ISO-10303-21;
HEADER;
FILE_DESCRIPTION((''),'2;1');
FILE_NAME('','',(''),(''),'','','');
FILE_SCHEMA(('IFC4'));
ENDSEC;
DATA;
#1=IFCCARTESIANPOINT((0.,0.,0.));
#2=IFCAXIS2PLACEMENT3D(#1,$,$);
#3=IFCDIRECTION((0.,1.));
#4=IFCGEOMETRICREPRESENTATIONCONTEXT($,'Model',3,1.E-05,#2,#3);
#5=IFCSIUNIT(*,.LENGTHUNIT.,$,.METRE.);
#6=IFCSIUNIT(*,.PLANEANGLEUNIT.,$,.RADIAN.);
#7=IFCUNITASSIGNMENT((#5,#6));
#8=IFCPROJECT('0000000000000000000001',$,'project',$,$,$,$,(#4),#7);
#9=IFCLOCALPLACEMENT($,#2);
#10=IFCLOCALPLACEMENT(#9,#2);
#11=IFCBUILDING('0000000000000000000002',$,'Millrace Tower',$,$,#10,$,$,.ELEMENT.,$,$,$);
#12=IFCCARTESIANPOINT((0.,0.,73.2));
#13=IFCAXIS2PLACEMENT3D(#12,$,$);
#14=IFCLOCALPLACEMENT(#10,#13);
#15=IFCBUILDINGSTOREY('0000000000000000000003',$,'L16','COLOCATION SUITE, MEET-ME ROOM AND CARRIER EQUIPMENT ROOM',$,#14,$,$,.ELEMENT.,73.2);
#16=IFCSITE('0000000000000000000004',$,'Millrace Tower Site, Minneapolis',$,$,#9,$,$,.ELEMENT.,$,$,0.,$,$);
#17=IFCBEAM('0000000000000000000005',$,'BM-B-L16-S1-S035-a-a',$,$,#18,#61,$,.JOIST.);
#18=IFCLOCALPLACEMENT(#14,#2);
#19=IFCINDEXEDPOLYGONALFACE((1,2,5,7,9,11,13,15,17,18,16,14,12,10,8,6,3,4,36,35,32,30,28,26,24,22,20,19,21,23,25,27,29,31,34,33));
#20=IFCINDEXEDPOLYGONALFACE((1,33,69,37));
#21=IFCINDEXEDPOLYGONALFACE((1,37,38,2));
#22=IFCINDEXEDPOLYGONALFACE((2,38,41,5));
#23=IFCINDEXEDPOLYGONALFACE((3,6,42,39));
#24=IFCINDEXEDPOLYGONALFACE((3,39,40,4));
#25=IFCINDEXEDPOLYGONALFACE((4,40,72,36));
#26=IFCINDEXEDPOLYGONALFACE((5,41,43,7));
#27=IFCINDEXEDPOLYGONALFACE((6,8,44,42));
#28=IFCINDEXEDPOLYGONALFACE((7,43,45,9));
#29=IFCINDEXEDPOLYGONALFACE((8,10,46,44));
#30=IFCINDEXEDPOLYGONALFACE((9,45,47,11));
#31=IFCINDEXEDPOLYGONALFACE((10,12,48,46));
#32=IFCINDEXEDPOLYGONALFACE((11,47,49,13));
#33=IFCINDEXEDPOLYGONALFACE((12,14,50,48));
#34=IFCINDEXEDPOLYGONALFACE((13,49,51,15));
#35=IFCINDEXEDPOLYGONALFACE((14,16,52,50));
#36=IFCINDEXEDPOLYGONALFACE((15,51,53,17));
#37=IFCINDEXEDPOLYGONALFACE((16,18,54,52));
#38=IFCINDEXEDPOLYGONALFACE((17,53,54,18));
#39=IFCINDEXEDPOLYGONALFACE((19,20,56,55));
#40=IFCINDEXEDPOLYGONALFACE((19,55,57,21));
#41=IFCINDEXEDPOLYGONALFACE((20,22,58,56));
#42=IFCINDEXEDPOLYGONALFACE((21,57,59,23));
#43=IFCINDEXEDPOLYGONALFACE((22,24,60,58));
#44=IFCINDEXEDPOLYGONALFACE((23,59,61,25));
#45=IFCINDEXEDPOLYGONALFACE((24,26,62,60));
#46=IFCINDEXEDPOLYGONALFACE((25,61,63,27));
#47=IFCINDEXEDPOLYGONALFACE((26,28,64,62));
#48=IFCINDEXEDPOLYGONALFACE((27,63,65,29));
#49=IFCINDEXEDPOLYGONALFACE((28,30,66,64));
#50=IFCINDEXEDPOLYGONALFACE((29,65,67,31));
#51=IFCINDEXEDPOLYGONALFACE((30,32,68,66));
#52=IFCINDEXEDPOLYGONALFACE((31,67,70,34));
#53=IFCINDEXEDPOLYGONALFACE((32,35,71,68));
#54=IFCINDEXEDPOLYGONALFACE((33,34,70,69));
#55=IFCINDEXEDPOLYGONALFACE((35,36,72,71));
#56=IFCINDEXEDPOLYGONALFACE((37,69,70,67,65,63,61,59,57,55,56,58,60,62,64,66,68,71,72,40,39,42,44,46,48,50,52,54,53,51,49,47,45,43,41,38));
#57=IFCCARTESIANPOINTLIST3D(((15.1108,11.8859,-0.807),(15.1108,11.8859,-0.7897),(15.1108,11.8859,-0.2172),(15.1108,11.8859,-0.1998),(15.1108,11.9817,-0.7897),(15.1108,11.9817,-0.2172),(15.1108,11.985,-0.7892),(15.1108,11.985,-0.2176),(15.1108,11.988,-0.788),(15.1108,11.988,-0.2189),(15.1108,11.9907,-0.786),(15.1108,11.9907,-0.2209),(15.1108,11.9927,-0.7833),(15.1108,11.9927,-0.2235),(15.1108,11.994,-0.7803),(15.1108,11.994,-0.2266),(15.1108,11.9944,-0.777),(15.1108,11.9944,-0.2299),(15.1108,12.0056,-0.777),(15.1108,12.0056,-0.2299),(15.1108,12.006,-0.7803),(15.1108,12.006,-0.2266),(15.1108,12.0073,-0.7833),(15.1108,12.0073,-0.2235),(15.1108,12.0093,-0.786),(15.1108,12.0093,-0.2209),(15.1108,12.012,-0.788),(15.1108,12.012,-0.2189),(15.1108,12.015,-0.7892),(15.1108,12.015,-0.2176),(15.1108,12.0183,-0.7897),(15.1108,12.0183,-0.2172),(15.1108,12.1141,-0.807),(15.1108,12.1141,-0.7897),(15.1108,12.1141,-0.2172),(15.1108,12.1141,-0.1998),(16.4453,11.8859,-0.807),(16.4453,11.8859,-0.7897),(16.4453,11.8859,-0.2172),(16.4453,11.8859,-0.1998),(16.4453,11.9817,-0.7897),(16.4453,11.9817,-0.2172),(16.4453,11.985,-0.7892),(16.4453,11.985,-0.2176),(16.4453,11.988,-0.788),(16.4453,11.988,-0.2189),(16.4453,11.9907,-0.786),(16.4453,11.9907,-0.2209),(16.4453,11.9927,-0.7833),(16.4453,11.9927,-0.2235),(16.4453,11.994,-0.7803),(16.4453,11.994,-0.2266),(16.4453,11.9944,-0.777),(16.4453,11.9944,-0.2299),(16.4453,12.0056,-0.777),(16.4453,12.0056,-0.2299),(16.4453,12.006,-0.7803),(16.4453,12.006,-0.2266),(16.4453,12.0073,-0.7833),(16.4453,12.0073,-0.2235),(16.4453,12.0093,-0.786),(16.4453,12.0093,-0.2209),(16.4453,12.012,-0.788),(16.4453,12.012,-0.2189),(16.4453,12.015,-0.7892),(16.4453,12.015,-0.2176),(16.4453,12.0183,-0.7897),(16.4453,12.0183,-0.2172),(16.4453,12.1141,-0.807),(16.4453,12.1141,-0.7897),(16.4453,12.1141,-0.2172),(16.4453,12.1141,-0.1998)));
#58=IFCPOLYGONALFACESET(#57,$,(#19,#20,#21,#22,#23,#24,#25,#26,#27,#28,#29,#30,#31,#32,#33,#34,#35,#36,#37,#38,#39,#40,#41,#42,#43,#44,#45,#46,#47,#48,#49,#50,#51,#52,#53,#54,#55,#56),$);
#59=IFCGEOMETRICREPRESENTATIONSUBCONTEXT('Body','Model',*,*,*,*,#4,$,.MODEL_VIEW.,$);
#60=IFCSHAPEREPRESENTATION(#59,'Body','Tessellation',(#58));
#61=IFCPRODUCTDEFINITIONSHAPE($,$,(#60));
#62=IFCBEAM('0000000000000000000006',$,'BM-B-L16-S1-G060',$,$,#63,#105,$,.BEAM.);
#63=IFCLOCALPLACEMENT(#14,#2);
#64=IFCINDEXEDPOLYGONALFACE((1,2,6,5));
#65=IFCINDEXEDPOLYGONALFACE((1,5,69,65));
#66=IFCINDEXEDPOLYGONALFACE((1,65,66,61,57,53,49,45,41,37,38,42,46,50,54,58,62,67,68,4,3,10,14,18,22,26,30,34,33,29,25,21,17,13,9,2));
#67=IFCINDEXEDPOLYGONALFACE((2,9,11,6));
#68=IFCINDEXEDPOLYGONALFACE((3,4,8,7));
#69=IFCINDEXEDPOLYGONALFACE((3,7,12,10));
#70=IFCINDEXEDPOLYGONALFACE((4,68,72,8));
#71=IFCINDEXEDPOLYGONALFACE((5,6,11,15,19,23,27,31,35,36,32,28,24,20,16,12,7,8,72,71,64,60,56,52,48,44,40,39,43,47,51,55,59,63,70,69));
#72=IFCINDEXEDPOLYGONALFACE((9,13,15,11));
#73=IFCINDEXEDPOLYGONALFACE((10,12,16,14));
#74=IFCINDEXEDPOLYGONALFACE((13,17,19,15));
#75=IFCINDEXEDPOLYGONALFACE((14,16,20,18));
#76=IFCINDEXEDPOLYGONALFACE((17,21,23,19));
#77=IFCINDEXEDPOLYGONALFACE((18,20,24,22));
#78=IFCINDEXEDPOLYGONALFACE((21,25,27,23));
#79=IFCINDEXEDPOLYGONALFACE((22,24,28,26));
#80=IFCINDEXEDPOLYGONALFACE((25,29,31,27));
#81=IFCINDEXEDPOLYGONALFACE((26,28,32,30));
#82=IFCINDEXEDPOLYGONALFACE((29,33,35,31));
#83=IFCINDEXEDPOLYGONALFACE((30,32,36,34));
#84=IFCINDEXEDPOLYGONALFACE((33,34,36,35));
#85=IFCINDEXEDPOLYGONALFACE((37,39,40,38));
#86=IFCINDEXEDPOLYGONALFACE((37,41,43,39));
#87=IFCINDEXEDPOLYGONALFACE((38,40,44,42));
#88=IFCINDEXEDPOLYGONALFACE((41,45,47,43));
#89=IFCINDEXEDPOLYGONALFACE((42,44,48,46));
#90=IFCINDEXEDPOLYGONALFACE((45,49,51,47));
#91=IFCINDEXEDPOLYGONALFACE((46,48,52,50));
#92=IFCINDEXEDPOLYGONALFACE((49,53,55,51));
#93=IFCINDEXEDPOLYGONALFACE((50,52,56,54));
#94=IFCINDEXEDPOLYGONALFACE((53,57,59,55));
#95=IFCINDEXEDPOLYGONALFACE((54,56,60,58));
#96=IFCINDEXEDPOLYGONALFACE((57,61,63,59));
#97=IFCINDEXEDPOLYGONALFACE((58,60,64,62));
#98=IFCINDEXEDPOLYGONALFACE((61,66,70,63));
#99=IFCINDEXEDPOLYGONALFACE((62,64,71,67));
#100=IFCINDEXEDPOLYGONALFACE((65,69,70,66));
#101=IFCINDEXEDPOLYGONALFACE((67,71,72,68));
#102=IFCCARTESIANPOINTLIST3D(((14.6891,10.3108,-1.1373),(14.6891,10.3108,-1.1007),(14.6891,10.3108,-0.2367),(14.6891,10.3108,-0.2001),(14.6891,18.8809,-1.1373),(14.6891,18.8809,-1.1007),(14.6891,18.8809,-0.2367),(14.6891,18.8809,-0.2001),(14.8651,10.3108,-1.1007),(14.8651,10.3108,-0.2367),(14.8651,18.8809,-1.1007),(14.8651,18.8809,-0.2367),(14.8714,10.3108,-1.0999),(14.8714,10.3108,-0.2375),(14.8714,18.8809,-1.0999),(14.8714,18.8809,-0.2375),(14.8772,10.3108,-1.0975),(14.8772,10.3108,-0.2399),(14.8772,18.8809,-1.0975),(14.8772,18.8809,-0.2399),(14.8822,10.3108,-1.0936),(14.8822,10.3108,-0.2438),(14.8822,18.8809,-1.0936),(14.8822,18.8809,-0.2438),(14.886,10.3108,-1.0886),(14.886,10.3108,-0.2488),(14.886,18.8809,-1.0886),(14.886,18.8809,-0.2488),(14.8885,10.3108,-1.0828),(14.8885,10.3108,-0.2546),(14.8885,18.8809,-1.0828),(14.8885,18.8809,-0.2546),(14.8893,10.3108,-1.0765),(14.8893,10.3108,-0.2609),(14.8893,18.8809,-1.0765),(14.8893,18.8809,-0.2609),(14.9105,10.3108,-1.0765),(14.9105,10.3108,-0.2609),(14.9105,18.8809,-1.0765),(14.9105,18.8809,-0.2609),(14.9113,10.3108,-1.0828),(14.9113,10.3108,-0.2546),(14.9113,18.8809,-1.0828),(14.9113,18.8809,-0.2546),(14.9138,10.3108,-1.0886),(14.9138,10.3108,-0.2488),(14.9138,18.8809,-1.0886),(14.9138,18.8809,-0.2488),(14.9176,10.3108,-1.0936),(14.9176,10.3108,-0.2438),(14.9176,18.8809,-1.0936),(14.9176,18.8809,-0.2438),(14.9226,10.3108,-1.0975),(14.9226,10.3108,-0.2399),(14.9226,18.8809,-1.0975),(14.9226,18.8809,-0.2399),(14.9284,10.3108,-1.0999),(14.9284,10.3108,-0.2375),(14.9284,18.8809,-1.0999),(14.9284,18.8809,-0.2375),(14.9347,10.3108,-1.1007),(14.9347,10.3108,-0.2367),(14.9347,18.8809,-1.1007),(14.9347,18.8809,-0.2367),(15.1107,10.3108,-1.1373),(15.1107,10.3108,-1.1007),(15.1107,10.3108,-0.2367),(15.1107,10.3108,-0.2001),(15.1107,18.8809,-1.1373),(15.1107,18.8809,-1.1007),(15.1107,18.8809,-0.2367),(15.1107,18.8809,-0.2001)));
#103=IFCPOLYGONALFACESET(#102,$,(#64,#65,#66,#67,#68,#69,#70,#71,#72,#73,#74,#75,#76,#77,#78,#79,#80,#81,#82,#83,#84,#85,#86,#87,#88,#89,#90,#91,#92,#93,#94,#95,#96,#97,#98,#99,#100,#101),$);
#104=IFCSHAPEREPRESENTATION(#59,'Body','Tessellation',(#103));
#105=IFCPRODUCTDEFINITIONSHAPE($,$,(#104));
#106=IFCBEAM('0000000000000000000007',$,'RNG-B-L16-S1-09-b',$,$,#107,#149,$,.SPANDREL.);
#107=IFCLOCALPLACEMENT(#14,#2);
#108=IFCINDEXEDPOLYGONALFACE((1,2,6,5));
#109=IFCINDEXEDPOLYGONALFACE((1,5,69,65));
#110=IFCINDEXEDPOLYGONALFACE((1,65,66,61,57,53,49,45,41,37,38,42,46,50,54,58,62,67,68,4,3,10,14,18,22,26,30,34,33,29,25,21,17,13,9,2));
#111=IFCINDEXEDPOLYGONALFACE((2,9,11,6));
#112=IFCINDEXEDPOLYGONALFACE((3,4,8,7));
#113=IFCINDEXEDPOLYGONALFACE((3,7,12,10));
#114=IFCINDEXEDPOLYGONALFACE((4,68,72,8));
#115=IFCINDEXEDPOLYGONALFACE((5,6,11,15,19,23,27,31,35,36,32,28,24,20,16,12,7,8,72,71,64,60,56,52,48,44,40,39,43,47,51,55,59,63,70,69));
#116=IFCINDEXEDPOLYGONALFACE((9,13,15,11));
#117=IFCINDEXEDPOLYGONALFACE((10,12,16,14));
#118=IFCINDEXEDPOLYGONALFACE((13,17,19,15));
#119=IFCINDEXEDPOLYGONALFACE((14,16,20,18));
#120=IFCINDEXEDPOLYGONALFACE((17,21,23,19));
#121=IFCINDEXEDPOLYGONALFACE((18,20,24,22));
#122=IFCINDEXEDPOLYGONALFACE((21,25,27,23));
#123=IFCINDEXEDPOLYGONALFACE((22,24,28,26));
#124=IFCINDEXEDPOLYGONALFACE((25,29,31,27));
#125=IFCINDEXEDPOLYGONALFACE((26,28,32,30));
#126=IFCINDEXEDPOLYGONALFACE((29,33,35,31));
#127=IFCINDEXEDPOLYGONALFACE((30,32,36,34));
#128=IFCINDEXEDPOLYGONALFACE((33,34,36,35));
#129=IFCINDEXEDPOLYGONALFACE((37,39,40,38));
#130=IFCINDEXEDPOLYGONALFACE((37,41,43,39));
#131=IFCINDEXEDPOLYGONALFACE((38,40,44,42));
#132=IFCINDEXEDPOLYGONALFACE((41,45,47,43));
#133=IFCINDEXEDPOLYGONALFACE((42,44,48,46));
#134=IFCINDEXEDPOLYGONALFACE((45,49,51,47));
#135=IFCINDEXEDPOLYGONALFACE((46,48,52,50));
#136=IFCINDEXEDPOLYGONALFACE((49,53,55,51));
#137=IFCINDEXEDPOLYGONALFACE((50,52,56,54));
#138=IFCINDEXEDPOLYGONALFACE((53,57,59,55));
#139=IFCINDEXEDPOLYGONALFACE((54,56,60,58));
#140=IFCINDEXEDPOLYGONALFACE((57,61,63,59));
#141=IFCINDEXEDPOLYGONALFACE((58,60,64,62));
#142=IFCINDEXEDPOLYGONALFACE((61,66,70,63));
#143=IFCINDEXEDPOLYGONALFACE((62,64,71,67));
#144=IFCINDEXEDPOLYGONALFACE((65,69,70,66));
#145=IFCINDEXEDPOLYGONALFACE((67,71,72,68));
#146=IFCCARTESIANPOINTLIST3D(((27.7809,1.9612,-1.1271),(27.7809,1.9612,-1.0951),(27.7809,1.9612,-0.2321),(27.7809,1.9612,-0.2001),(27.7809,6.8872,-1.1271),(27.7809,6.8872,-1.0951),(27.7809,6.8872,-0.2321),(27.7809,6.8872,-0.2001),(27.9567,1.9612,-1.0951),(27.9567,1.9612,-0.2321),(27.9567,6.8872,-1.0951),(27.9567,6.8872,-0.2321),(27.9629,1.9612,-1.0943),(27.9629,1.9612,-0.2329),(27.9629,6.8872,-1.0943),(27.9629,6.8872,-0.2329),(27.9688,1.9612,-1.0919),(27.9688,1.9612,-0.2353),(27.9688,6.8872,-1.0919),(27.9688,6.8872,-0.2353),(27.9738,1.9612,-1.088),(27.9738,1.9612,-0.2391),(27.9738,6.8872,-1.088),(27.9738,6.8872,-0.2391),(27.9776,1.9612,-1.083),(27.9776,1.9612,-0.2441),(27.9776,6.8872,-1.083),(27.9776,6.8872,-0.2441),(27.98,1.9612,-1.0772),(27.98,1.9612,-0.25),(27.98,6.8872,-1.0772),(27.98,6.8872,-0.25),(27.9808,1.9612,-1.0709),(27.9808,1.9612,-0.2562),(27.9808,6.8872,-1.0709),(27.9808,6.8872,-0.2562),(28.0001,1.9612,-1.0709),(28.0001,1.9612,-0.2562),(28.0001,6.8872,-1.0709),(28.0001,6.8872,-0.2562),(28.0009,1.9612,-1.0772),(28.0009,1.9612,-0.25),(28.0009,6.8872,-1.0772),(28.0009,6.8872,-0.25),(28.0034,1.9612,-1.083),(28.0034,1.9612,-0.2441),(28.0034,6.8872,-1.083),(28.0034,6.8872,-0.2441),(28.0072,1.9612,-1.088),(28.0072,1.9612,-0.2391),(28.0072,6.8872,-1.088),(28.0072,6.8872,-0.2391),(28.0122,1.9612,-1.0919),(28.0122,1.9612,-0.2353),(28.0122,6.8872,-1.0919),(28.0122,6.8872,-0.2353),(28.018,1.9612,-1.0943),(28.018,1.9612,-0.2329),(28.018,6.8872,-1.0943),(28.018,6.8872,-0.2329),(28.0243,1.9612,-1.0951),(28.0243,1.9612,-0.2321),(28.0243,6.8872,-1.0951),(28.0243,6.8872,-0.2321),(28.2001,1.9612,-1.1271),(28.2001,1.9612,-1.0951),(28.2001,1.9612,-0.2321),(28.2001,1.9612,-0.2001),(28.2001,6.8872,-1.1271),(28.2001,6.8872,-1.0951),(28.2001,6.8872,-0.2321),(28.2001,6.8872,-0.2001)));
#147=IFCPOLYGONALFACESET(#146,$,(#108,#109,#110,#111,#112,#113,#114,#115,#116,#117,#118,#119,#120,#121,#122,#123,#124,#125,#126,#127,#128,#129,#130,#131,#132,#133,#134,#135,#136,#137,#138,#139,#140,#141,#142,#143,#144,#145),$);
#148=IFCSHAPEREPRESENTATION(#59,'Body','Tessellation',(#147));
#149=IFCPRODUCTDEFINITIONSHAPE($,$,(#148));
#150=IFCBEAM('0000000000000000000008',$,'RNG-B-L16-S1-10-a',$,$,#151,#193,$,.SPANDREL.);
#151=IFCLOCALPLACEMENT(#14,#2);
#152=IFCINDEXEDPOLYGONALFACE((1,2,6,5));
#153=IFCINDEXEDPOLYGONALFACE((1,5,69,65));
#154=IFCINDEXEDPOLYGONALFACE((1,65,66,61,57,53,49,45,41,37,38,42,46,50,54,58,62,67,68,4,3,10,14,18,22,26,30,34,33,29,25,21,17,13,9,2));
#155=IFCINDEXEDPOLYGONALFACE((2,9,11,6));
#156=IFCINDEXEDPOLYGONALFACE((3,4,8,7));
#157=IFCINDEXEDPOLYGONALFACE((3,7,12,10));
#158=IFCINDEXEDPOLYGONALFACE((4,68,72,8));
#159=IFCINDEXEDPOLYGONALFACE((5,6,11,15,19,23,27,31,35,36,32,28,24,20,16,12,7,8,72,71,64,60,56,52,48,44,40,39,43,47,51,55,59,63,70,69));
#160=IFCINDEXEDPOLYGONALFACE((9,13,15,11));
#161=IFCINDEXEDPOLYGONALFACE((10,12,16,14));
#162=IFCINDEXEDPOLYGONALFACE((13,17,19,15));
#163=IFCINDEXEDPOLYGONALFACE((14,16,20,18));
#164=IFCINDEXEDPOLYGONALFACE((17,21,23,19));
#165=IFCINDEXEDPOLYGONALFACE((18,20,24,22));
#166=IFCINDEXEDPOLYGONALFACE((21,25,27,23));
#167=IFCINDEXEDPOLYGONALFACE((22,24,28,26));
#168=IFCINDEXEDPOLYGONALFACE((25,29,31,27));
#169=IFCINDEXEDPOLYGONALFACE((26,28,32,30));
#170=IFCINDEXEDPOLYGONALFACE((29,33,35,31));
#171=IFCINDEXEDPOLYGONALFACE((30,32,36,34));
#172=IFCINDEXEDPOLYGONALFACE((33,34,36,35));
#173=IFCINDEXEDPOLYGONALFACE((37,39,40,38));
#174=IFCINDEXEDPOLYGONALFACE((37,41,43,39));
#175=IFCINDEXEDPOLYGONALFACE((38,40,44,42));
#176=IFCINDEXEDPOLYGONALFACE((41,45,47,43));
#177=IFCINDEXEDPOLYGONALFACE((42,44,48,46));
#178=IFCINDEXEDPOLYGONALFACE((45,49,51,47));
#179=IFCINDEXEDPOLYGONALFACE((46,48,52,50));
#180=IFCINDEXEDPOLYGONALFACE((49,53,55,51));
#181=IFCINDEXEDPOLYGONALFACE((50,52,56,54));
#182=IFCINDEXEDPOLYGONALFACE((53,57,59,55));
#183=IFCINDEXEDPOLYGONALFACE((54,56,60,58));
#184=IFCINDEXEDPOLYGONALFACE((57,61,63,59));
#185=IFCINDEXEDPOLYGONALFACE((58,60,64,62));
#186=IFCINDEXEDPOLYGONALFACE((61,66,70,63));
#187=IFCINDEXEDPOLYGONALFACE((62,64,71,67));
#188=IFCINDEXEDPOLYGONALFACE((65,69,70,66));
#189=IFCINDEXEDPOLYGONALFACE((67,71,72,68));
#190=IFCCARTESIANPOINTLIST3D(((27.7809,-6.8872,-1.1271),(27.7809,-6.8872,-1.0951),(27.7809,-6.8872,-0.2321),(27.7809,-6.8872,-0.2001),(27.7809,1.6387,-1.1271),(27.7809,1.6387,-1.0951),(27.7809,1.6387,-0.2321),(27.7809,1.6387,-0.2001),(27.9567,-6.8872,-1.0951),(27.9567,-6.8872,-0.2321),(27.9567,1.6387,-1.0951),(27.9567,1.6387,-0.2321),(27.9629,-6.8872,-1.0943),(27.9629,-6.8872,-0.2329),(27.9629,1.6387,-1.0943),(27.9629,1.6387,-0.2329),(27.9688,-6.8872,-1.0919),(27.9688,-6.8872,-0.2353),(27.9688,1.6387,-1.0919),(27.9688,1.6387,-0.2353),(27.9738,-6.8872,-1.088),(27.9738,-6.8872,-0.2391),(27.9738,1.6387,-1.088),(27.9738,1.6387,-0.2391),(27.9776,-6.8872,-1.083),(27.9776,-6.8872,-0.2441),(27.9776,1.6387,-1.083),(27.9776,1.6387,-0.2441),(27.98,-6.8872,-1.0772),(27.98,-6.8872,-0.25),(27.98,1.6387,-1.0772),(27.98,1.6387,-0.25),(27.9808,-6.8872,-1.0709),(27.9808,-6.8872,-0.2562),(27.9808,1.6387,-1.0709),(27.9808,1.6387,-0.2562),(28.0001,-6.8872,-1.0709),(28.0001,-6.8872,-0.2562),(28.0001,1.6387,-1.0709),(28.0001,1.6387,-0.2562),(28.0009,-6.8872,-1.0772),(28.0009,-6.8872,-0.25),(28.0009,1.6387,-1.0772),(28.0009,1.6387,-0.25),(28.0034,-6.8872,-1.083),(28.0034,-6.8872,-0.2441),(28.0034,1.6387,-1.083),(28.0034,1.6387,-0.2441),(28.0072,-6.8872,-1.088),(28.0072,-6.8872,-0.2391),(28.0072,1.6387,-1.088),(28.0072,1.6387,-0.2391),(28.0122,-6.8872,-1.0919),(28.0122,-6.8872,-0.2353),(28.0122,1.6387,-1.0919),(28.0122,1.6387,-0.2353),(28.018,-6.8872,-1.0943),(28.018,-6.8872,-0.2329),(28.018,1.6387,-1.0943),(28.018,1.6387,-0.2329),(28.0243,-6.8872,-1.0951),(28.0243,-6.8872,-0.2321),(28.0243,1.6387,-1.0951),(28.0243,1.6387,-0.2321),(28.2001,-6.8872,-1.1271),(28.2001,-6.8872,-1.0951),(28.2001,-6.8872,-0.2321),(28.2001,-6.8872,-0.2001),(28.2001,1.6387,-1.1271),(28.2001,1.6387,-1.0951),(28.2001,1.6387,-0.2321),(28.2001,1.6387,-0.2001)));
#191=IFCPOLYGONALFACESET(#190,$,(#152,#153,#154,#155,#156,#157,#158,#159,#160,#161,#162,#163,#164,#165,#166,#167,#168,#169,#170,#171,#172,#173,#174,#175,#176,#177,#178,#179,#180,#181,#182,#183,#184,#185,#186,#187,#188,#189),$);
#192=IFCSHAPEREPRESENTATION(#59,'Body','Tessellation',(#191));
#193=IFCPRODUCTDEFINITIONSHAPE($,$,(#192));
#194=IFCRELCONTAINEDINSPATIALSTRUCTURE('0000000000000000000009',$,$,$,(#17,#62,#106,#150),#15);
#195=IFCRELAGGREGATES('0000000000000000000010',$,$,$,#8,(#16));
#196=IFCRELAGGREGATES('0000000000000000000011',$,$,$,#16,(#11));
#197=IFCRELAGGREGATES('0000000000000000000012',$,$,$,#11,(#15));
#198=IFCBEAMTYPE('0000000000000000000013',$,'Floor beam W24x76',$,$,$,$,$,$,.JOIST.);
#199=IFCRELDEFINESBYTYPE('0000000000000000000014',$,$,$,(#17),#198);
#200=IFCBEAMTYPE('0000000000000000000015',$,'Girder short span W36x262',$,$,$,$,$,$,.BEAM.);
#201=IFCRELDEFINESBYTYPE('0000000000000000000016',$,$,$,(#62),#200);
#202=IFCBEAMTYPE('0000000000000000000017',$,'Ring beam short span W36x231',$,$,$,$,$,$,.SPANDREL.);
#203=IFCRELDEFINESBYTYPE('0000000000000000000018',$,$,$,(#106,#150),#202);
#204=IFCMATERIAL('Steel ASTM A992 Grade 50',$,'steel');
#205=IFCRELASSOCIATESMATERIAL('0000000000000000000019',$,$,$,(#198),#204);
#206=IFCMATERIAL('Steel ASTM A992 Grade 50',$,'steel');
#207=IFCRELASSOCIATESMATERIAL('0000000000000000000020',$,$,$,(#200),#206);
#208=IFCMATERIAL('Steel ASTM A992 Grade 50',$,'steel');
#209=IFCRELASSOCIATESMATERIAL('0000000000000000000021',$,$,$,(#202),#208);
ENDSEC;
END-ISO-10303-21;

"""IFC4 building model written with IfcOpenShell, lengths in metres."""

from ifc_helpers import new_model, si_unit, direction, frame, origin, origin_2d, place, context, subcontext, project, spatial, i_section, extrude, material, material_profile, profile_set, type_object, element, save


model = new_model("IFC4")

# Units and contexts
model_context = context("Model", 3, precision=1e-05, world=origin(), true_north=direction((0.0, 1.0)))
body_context = subcontext(model_context, "Body", "Model", "MODEL_VIEW")
ifc_project = project(units=[si_unit("LENGTHUNIT", "METRE"), si_unit("PLANEANGLEUNIT", "RADIAN")], contexts=[model_context])

# Site, building, storey
site_placement = place(None, origin())
site = spatial("IfcSite", under=ifc_project, at=site_placement, Name="Millrace Tower Site, Minneapolis", CompositionType="ELEMENT", RefElevation=0.0)
building_placement = place(site_placement, origin())
building = spatial("IfcBuilding", under=site, at=building_placement, Name="Millrace Tower", CompositionType="ELEMENT")
storey_placement = place(building_placement, frame((0.0, 0.0, 73.2)))
storey = spatial("IfcBuildingStorey", under=building, at=storey_placement, Name="L16", Description="COLOCATION SUITE, MEET-ME ROOM AND CARRIER EQUIPMENT ROOM", CompositionType="ELEMENT", Elevation=73.2)

# Beams
ifc_material_1 = material(Name="Steel ASTM A992 Grade 50", Category="steel")
ifc_material_profile_1 = material_profile(ifc_material_1, i_section(OverallWidth=0.2283, OverallDepth=0.6072, WebThickness=0.0112, FlangeThickness=0.0173, FilletRadius=0.0127, at=origin_2d()))
ifc_profile_set_1 = profile_set([ifc_material_profile_1], Name="Steel ASTM A992 Grade 50")
beam_type_1 = type_object("IfcBeamType", Name="Floor beam W24x76", PredefinedType="JOIST", material=ifc_profile_set_1)
beam_1_placement = place(storey_placement, frame((15.1108, 12.0, -0.5034), z_axis=(1.0, 0.0, 0.0), x_axis=(0.0, 1.0, 0.0)))
element("IfcBeam", 1, at=beam_1_placement, inside=storey, type_object=beam_type_1, Name="BM-B-L16-S1-S035-a-a", PredefinedType="JOIST", context=body_context, shape_type="SweptSolid", body=[
    extrude(i_section(OverallWidth=0.2283, OverallDepth=0.6072, WebThickness=0.0112, FlangeThickness=0.0173, FilletRadius=0.0127, at=origin_2d()), origin(), (0.0, 0.0, 1.0), 1.3345),
])
ifc_material_2 = material(Name="Steel ASTM A992 Grade 50", Category="steel")
ifc_material_profile_2 = material_profile(ifc_material_2, i_section(OverallWidth=0.4216, OverallDepth=0.9373, WebThickness=0.0212, FlangeThickness=0.0366, FilletRadius=0.0242, at=origin_2d()))
ifc_profile_set_2 = profile_set([ifc_material_profile_2], Name="Steel ASTM A992 Grade 50")
beam_type_2 = type_object("IfcBeamType", Name="Girder short span W36x262", PredefinedType="BEAM", material=ifc_profile_set_2)
beam_2_placement = place(storey_placement, frame((14.8999, 10.3108, -0.6687), z_axis=(0.0, 1.0, 0.0), x_axis=(-1.0, 0.0, 0.0)))
element("IfcBeam", 2, at=beam_2_placement, inside=storey, type_object=beam_type_2, Name="BM-B-L16-S1-G060", PredefinedType="BEAM", context=body_context, shape_type="SweptSolid", body=[
    extrude(i_section(OverallWidth=0.4216, OverallDepth=0.9373, WebThickness=0.0212, FlangeThickness=0.0366, FilletRadius=0.0242, at=origin_2d()), origin(), (0.0, 0.0, 1.0), 8.5701),
])
ifc_material_3 = material(Name="Steel ASTM A992 Grade 50", Category="steel")
ifc_material_profile_3 = material_profile(ifc_material_3, i_section(OverallWidth=0.4192, OverallDepth=0.927, WebThickness=0.0193, FlangeThickness=0.032, FilletRadius=0.0242, at=origin_2d()))
ifc_profile_set_3 = profile_set([ifc_material_profile_3], Name="Steel ASTM A992 Grade 50")
beam_type_3 = type_object("IfcBeamType", Name="Ring beam short span W36x231", PredefinedType="SPANDREL", material=ifc_profile_set_3)
beam_3_placement = place(storey_placement, frame((27.9905, 6.8872, -0.6636), z_axis=(0.0, -1.0, 0.0), x_axis=(1.0, 0.0, 0.0)))
element("IfcBeam", 3, at=beam_3_placement, inside=storey, type_object=beam_type_3, Name="RNG-B-L16-S1-09-b", PredefinedType="SPANDREL", context=body_context, shape_type="SweptSolid", body=[
    extrude(i_section(OverallWidth=0.4192, OverallDepth=0.927, WebThickness=0.0193, FlangeThickness=0.032, FilletRadius=0.0242, at=origin_2d()), origin(), (0.0, 0.0, 1.0), 4.926),
])
beam_4_placement = place(storey_placement, frame((27.9905, 1.6387, -0.6636), z_axis=(0.0, -1.0, 0.0), x_axis=(1.0, 0.0, 0.0)))
element("IfcBeam", 4, at=beam_4_placement, inside=storey, type_object=beam_type_3, Name="RNG-B-L16-S1-10-a", PredefinedType="SPANDREL", context=body_context, shape_type="SweptSolid", body=[
    extrude(i_section(OverallWidth=0.4192, OverallDepth=0.927, WebThickness=0.0193, FlangeThickness=0.032, FilletRadius=0.0242, at=origin_2d()), origin(), (0.0, 0.0, 1.0), 8.5259),
])

save(model, "model.ifc")
